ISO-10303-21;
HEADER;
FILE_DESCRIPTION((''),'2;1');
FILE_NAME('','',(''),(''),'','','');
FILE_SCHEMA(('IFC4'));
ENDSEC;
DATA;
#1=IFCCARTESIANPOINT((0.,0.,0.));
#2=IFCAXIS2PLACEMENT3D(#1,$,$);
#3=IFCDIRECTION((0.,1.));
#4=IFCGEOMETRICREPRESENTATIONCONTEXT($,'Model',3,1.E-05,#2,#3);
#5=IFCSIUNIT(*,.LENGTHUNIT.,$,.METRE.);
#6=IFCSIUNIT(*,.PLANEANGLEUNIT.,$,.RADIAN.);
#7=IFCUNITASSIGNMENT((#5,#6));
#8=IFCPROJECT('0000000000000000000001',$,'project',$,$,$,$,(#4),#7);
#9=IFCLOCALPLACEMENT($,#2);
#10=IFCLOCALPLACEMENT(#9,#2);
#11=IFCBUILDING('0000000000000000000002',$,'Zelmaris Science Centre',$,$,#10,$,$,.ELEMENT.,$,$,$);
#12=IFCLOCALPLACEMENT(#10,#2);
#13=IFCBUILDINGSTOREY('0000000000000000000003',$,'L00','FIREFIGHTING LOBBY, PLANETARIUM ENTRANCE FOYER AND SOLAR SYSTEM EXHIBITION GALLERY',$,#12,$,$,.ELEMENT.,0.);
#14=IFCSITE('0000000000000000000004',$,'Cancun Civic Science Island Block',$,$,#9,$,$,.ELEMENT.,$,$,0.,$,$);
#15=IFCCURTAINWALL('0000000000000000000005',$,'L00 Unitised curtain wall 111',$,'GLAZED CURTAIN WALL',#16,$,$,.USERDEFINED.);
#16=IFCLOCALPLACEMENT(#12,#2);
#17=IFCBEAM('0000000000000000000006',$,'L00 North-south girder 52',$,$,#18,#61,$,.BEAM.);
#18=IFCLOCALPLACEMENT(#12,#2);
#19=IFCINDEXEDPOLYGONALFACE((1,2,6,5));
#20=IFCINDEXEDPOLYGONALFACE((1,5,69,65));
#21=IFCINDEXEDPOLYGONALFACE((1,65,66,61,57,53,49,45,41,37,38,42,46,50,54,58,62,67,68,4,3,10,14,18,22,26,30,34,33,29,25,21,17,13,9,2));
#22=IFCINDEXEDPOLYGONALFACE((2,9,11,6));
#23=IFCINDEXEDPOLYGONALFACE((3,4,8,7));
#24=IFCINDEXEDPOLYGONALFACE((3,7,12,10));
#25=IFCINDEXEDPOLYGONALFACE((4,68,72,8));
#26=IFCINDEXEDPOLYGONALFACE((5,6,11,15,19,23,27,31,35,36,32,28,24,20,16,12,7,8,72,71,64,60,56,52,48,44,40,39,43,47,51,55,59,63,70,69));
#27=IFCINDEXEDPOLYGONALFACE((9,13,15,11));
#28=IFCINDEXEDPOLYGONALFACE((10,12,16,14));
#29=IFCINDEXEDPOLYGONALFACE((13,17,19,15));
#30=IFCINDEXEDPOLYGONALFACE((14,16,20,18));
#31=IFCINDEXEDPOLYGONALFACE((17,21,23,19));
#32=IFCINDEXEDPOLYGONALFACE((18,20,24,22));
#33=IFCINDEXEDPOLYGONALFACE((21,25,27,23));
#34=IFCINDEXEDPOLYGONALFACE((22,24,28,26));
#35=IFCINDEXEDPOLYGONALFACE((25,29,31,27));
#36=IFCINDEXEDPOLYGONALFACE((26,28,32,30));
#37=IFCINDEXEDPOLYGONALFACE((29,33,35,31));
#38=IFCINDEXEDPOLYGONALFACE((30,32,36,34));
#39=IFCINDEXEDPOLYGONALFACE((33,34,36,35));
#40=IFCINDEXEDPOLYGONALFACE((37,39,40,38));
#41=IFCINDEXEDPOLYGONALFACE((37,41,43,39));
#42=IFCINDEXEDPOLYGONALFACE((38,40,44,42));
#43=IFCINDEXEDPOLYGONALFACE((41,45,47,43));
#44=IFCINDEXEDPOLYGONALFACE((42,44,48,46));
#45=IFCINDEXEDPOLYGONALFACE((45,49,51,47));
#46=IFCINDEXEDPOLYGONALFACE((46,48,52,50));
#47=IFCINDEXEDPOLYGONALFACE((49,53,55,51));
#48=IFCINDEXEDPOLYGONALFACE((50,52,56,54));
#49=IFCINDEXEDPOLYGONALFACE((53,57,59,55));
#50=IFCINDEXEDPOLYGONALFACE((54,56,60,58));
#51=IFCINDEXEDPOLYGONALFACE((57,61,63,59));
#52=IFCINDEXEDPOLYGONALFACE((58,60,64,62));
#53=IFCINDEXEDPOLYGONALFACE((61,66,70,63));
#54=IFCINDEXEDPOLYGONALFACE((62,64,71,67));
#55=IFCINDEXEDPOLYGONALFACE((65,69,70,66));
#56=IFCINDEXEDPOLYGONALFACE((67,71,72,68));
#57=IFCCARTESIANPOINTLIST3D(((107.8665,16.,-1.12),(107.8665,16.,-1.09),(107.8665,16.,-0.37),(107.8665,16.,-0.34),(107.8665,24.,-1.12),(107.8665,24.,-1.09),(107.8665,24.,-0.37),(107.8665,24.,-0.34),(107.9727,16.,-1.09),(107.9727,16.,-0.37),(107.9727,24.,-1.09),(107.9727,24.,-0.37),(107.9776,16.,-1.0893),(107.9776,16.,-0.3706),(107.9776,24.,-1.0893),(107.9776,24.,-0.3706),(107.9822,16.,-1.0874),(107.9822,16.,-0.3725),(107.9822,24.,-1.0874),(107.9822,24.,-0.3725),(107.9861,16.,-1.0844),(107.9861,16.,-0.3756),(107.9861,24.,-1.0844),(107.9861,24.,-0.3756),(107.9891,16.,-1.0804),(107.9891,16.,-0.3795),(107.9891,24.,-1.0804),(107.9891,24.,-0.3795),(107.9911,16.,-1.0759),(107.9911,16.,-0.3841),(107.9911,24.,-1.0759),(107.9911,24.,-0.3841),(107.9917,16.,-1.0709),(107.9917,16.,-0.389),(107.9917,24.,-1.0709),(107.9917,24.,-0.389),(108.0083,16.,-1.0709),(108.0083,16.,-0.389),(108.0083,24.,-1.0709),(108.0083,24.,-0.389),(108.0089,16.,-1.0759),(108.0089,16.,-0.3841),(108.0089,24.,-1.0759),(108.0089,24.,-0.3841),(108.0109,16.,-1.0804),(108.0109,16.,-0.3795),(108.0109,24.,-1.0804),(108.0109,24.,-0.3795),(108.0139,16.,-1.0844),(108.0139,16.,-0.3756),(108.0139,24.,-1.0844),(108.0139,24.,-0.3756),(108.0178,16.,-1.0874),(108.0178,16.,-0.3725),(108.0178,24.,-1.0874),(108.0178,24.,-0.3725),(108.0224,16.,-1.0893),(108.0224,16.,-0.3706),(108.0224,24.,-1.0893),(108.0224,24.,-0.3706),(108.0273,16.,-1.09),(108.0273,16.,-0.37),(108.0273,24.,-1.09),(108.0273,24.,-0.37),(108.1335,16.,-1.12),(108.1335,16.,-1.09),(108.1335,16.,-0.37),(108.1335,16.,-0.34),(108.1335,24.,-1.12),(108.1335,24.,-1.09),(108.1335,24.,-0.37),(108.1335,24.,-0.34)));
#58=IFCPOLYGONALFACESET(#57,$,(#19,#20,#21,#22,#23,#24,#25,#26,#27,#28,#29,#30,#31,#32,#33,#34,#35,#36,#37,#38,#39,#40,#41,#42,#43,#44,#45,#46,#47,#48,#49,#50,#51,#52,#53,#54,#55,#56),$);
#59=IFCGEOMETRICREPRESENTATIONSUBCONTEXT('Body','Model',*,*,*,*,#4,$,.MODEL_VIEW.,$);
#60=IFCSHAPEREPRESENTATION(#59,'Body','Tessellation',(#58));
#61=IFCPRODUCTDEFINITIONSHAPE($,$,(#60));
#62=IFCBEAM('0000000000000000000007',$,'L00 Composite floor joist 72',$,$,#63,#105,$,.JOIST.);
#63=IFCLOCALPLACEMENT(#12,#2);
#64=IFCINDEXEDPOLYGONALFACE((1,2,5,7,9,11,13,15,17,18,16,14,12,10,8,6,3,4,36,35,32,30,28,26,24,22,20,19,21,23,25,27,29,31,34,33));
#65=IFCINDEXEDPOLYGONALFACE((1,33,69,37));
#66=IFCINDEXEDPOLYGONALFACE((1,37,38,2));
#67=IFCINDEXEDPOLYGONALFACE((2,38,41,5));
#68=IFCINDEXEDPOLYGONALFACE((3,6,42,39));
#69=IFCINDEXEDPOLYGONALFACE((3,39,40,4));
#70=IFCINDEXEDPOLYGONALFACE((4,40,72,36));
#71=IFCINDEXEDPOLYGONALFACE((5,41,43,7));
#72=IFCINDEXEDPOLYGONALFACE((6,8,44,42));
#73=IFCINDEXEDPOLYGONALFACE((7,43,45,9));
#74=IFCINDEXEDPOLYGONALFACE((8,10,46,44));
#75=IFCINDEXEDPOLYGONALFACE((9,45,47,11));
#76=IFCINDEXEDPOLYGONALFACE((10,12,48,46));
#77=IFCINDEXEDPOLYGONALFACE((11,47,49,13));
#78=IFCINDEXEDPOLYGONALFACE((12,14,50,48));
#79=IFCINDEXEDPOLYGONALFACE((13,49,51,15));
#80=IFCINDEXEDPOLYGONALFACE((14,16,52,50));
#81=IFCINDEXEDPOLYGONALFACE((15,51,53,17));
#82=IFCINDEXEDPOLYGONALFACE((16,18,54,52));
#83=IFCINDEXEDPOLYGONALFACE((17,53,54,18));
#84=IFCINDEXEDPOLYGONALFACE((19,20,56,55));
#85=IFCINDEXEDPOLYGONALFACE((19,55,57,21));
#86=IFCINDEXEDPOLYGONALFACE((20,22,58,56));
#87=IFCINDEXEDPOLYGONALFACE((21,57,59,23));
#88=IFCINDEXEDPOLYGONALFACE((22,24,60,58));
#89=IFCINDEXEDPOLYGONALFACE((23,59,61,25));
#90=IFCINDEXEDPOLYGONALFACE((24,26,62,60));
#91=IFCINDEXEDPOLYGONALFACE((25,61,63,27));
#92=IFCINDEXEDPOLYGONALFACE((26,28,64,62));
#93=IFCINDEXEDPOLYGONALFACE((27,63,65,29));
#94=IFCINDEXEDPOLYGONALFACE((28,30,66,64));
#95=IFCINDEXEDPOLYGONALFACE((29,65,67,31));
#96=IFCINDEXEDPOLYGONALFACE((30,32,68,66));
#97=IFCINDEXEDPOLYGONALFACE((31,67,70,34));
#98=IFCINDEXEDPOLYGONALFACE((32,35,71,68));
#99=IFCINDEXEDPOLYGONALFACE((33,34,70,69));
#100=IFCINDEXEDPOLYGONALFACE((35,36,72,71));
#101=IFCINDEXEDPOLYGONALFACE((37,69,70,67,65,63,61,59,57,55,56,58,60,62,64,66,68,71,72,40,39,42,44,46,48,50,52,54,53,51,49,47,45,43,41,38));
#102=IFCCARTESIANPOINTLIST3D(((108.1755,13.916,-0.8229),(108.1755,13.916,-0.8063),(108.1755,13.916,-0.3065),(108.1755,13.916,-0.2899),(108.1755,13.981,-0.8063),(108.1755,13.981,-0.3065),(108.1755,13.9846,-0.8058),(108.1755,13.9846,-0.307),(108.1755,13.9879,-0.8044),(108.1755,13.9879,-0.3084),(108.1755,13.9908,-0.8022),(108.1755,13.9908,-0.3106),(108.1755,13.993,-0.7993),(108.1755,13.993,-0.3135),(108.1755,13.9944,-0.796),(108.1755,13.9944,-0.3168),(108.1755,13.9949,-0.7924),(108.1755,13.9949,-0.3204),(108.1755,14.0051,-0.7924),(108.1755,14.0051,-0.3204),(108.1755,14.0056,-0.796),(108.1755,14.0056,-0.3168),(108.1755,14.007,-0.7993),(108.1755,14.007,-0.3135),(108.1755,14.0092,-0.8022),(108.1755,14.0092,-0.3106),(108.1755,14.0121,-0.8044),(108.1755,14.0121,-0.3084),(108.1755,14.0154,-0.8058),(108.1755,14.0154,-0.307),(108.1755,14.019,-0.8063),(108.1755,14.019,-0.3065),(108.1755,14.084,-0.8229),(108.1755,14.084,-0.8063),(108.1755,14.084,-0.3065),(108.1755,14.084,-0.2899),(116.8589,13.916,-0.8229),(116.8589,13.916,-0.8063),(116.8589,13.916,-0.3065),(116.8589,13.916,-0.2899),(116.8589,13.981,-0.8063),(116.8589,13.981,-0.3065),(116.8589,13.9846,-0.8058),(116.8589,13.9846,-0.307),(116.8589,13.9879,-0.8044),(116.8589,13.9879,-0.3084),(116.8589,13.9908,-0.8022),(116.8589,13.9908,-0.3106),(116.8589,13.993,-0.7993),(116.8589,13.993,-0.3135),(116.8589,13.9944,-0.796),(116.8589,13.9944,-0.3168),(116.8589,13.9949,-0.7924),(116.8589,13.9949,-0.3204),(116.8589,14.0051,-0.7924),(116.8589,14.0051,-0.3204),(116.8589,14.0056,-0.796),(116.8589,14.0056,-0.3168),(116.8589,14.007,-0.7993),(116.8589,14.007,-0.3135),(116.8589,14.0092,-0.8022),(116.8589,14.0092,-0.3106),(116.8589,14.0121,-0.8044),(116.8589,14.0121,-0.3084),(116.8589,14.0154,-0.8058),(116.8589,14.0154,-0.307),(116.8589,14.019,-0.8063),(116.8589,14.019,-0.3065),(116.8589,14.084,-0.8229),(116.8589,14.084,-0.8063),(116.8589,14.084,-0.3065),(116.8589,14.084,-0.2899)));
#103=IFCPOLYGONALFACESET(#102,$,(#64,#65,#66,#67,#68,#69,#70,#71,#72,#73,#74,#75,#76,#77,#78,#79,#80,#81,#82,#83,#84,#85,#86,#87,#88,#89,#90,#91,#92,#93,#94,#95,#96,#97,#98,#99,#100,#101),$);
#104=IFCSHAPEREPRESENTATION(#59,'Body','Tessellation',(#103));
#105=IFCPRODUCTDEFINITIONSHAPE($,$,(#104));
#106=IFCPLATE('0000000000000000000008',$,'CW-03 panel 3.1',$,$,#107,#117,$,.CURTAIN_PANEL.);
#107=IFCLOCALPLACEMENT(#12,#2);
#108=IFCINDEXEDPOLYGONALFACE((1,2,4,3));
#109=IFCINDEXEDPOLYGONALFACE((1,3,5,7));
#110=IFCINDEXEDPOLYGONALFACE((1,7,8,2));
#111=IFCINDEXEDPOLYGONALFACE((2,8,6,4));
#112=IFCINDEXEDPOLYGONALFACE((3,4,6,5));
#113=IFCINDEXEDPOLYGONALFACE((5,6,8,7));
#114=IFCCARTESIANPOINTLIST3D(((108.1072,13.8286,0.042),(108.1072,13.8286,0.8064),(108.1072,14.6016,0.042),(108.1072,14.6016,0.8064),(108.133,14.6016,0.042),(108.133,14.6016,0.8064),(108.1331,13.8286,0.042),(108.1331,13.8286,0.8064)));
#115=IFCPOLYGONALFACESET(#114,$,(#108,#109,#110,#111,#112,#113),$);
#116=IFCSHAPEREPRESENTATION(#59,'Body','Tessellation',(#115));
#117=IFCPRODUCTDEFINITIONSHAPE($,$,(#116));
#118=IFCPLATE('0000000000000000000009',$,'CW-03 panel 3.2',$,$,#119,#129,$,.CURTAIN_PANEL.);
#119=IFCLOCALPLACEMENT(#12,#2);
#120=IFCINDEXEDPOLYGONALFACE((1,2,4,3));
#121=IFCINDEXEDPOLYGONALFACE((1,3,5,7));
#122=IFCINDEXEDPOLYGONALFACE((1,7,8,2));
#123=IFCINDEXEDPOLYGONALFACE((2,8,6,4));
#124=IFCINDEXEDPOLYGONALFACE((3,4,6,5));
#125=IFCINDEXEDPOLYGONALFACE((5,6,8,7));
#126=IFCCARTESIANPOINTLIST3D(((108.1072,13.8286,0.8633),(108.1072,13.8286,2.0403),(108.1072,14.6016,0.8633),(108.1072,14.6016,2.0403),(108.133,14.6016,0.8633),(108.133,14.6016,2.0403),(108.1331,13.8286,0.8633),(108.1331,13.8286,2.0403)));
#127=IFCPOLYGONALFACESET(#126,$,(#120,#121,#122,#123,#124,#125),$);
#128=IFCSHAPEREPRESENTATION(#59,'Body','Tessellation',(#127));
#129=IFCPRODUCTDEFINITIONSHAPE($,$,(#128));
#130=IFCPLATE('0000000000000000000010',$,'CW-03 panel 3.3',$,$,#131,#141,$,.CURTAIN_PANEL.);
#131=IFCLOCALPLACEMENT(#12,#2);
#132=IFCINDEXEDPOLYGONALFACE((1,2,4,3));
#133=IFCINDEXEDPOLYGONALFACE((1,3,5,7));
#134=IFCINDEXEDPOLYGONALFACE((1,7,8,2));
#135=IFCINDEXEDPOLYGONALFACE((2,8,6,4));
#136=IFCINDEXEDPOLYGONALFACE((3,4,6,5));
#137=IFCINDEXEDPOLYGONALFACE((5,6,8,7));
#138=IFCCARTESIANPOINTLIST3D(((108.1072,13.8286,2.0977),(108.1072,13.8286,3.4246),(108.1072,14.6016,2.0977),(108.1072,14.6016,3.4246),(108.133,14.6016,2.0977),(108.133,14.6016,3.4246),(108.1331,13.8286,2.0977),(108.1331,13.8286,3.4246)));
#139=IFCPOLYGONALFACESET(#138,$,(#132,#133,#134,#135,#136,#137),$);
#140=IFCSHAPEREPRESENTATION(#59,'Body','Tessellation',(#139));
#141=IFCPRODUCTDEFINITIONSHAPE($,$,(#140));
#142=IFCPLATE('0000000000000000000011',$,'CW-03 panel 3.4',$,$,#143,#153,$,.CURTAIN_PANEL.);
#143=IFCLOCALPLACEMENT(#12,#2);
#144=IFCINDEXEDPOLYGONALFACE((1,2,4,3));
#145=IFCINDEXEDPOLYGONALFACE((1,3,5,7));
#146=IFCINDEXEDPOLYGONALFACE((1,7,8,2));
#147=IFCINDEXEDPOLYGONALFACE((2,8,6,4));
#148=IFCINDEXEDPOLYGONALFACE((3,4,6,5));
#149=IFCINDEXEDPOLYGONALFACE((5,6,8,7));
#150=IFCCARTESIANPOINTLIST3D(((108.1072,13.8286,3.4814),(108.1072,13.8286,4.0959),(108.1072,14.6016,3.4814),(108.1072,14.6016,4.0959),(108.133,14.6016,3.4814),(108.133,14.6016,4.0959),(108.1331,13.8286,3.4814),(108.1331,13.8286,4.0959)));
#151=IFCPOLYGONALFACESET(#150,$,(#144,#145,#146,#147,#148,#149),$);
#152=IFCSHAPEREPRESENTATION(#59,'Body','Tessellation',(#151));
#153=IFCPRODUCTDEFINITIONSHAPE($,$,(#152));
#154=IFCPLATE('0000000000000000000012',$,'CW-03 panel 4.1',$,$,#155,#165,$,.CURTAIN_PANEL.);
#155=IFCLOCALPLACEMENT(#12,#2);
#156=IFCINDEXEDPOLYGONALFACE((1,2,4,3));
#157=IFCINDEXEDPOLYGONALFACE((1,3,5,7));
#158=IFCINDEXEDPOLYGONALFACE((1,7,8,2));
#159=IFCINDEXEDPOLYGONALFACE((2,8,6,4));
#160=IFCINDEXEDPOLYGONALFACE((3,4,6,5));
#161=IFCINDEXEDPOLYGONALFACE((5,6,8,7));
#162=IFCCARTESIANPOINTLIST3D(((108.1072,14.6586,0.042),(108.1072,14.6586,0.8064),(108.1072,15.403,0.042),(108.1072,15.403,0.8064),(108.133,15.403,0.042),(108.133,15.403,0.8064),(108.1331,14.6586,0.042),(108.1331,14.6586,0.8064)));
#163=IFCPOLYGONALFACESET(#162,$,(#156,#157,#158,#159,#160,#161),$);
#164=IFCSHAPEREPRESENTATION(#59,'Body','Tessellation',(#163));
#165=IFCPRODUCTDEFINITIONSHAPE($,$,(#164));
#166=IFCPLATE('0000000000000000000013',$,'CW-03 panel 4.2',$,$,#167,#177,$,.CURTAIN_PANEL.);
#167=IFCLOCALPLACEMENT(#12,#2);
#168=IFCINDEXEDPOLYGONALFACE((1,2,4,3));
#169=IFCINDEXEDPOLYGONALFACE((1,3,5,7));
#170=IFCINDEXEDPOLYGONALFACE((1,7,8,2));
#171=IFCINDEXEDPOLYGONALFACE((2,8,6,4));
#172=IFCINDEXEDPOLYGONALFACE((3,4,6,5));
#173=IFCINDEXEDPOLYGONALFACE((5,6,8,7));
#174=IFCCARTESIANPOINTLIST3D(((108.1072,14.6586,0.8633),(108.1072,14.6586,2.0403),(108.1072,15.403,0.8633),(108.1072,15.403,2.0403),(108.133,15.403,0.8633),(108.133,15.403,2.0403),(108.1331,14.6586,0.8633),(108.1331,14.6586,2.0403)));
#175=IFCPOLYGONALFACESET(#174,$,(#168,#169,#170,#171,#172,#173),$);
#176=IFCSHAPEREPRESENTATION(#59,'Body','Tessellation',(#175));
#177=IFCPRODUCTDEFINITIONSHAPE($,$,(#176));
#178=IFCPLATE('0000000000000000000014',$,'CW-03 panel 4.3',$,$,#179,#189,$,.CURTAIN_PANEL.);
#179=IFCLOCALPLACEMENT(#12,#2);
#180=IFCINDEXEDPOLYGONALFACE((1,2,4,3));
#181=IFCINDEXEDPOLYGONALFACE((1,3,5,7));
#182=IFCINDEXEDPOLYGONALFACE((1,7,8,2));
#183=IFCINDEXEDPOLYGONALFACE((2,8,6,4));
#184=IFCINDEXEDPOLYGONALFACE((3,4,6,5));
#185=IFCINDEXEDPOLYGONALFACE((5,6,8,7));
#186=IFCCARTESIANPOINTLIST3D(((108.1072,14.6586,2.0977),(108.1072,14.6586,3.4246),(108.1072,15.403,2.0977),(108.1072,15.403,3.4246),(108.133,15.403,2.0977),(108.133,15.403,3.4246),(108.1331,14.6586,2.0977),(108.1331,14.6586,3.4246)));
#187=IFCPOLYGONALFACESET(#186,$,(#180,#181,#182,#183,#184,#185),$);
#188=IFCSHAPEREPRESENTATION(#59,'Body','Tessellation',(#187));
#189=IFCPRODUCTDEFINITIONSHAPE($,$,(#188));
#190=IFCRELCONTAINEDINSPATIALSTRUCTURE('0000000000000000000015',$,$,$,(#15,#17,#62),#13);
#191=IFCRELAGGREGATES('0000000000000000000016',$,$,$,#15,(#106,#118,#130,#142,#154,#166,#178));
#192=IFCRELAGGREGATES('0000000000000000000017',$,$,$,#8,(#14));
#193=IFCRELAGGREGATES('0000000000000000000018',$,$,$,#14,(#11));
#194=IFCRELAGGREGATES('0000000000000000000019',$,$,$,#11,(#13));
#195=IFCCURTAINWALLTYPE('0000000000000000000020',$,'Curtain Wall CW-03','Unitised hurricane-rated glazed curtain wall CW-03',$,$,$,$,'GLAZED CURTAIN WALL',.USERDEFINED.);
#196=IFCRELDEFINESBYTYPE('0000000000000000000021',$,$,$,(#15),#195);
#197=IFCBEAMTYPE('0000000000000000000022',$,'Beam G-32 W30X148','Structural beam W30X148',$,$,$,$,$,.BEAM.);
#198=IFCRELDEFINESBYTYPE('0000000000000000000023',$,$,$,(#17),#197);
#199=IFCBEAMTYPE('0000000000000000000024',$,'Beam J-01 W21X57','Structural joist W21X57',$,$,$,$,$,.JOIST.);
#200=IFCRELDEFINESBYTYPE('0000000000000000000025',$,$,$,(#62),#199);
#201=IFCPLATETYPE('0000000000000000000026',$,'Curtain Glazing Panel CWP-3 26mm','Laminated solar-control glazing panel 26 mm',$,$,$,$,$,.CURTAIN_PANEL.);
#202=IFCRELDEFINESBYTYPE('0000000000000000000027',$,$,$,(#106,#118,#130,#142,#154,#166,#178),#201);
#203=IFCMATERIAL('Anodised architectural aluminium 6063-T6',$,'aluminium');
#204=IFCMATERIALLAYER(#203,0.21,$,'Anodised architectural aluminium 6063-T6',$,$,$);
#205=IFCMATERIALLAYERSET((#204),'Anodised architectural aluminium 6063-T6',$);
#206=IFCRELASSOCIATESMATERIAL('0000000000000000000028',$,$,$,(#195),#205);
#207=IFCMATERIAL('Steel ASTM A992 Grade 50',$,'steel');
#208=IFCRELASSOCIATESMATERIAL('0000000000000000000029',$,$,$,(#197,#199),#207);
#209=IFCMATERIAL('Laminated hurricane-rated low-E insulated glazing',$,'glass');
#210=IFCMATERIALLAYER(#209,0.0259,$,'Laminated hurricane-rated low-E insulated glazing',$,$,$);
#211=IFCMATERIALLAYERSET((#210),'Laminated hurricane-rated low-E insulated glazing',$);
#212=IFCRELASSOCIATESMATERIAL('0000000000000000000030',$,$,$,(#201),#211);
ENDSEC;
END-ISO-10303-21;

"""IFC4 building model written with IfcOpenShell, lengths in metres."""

from ifc_helpers import new_model, si_unit, direction, frame, origin, origin_2d, place, context, subcontext, project, spatial, rectangle, i_section, extrude, material, layer, layer_set, material_profile, profile_set, type_object, element, aggregate, save


model = new_model("IFC4")

# Units and contexts
model_context = context("Model", 3, precision=1e-05, world=origin(), true_north=direction((0.0, 1.0)))
body_context = subcontext(model_context, "Body", "Model", "MODEL_VIEW")
ifc_project = project(units=[si_unit("LENGTHUNIT", "METRE"), si_unit("PLANEANGLEUNIT", "RADIAN")], contexts=[model_context])

# Site, building, storey
site_placement = place(None, origin())
site = spatial("IfcSite", under=ifc_project, at=site_placement, Name="Cancun Civic Science Island Block", CompositionType="ELEMENT", RefElevation=0.0)
building_placement = place(site_placement, origin())
building = spatial("IfcBuilding", under=site, at=building_placement, Name="Zelmaris Science Centre", CompositionType="ELEMENT")
storey_placement = place(building_placement, origin())
storey = spatial("IfcBuildingStorey", under=building, at=storey_placement, Name="L00", Description="FIREFIGHTING LOBBY, PLANETARIUM ENTRANCE FOYER AND SOLAR SYSTEM EXHIBITION GALLERY", CompositionType="ELEMENT", Elevation=0.0)

# Shared definitions
ifc_material_1 = material(Name="Steel ASTM A992 Grade 50", Category="steel")

# Shared definitions
ifc_material_2 = material(Name="Anodised architectural aluminium 6063-T6", Category="aluminium")

# Curtain wall
ifc_layer_1 = layer(ifc_material_2, 0.21, Name="Anodised architectural aluminium 6063-T6")
ifc_layer_set_1 = layer_set([ifc_layer_1], Name="Anodised architectural aluminium 6063-T6")
curtain_wall_type_1 = type_object("IfcCurtainWallType", Name="Curtain Wall CW-03", Description="Unitised hurricane-rated glazed curtain wall CW-03", ElementType="GLAZED CURTAIN WALL", PredefinedType="USERDEFINED", material=ifc_layer_set_1)
curtain_wall_1_placement = place(storey_placement, origin())
curtain_wall_1 = element("IfcCurtainWall", 1, at=curtain_wall_1_placement, inside=storey, type_object=curtain_wall_type_1, Name="L00 Unitised curtain wall 111", ObjectType="GLAZED CURTAIN WALL", PredefinedType="USERDEFINED")

# Beams
ifc_material_profile_1 = material_profile(ifc_material_1, i_section(OverallWidth=0.2671, OverallDepth=0.78, WebThickness=0.0166, FlangeThickness=0.03, FilletRadius=0.019, at=origin_2d()), Name="W30X148")
ifc_profile_set_1 = profile_set([ifc_material_profile_1], Name="Steel ASTM A992 Grade 50")
beam_type_1 = type_object("IfcBeamType", Name="Beam G-32 W30X148", Description="Structural beam W30X148", PredefinedType="BEAM", material=ifc_profile_set_1)
beam_1_placement = place(storey_placement, frame((108.0, 16.0, -0.73), z_axis=(0.0, 1.0, 0.0), x_axis=(-1.0, 0.0, 0.0)))
element("IfcBeam", 2, at=beam_1_placement, inside=storey, type_object=beam_type_1, Name="L00 North-south girder 52", PredefinedType="BEAM", context=body_context, shape_type="SweptSolid", body=[
    extrude(i_section(OverallWidth=0.2671, OverallDepth=0.78, WebThickness=0.0166, FlangeThickness=0.03, FilletRadius=0.019, at=origin_2d()), origin(), (0.0, 0.0, 1.0), 8.0),
])
ifc_material_profile_2 = material_profile(ifc_material_1, i_section(OverallWidth=0.168, OverallDepth=0.533, WebThickness=0.0103, FlangeThickness=0.0166, FilletRadius=0.0139, at=origin_2d()), Name="W21X57")
ifc_profile_set_2 = profile_set([ifc_material_profile_2], Name="Steel ASTM A992 Grade 50")
beam_type_2 = type_object("IfcBeamType", Name="Beam J-01 W21X57", Description="Structural joist W21X57", PredefinedType="JOIST", material=ifc_profile_set_2)
beam_2_placement = place(storey_placement, frame((108.1755, 14.0, -0.5564), z_axis=(1.0, 0.0, 0.0), x_axis=(0.0, 1.0, 0.0)))
element("IfcBeam", 3, at=beam_2_placement, inside=storey, type_object=beam_type_2, Name="L00 Composite floor joist 72", PredefinedType="JOIST", context=body_context, shape_type="SweptSolid", body=[
    extrude(i_section(OverallWidth=0.168, OverallDepth=0.533, WebThickness=0.0103, FlangeThickness=0.0166, FilletRadius=0.0139, at=origin_2d()), origin(), (0.0, 0.0, 1.0), 8.6833),
])

# Plates
ifc_material_3 = material(Name="Laminated hurricane-rated low-E insulated glazing", Category="glass")
ifc_layer_2 = layer(ifc_material_3, 0.0259, Name="Laminated hurricane-rated low-E insulated glazing")
ifc_layer_set_2 = layer_set([ifc_layer_2], Name="Laminated hurricane-rated low-E insulated glazing")
plate_type_1 = type_object("IfcPlateType", Name="Curtain Glazing Panel CWP-3 26mm", Description="Laminated solar-control glazing panel 26 mm", PredefinedType="CURTAIN_PANEL", material=ifc_layer_set_2)
plate_1_placement = place(storey_placement, frame((108.1201, 14.2151, 0.042), z_axis=(0.0, 0.0, 1.0), x_axis=(-0.00003, 1.0, 0.0)))
plate_1 = element("IfcPlate", 4, at=plate_1_placement, type_object=plate_type_1, Name="CW-03 panel 3.1", PredefinedType="CURTAIN_PANEL", context=body_context, shape_type="SweptSolid", body=[
    extrude(rectangle(XDim=0.7729, YDim=0.0259, at=origin_2d()), origin(), (0.0, 0.0, 1.0), 0.7644),
])
plate_2_placement = place(storey_placement, frame((108.1201, 14.2151, 0.8633), z_axis=(0.0, 0.0, 1.0), x_axis=(-0.00003, 1.0, 0.0)))
plate_2 = element("IfcPlate", 5, at=plate_2_placement, type_object=plate_type_1, Name="CW-03 panel 3.2", PredefinedType="CURTAIN_PANEL", context=body_context, shape_type="SweptSolid", body=[
    extrude(rectangle(XDim=0.7729, YDim=0.0259, at=origin_2d()), origin(), (0.0, 0.0, 1.0), 1.177),
])
plate_3_placement = place(storey_placement, frame((108.1201, 14.2151, 2.0977), z_axis=(0.0, 0.0, 1.0), x_axis=(-0.00003, 1.0, 0.0)))
plate_3 = element("IfcPlate", 6, at=plate_3_placement, type_object=plate_type_1, Name="CW-03 panel 3.3", PredefinedType="CURTAIN_PANEL", context=body_context, shape_type="SweptSolid", body=[
    extrude(rectangle(XDim=0.7729, YDim=0.0259, at=origin_2d()), origin(), (0.0, 0.0, 1.0), 1.3269),
])
plate_4_placement = place(storey_placement, frame((108.1201, 14.2151, 3.4814), z_axis=(0.0, 0.0, 1.0), x_axis=(-0.00003, 1.0, 0.0)))
plate_4 = element("IfcPlate", 7, at=plate_4_placement, type_object=plate_type_1, Name="CW-03 panel 3.4", PredefinedType="CURTAIN_PANEL", context=body_context, shape_type="SweptSolid", body=[
    extrude(rectangle(XDim=0.7729, YDim=0.0259, at=origin_2d()), origin(), (0.0, 0.0, 1.0), 0.6145),
])
plate_5_placement = place(storey_placement, frame((108.1201, 15.0308, 0.042), z_axis=(0.0, 0.0, 1.0), x_axis=(-0.00003, 1.0, 0.0)))
plate_5 = element("IfcPlate", 8, at=plate_5_placement, type_object=plate_type_1, Name="CW-03 panel 4.1", PredefinedType="CURTAIN_PANEL", context=body_context, shape_type="SweptSolid", body=[
    extrude(rectangle(XDim=0.7444, YDim=0.0259, at=origin_2d()), origin(), (0.0, 0.0, 1.0), 0.7644),
])
plate_6_placement = place(storey_placement, frame((108.1201, 15.0308, 0.8633), z_axis=(0.0, 0.0, 1.0), x_axis=(-0.00003, 1.0, 0.0)))
plate_6 = element("IfcPlate", 9, at=plate_6_placement, type_object=plate_type_1, Name="CW-03 panel 4.2", PredefinedType="CURTAIN_PANEL", context=body_context, shape_type="SweptSolid", body=[
    extrude(rectangle(XDim=0.7444, YDim=0.0259, at=origin_2d()), origin(), (0.0, 0.0, 1.0), 1.177),
])
plate_7_placement = place(storey_placement, frame((108.1201, 15.0308, 2.0977), z_axis=(0.0, 0.0, 1.0), x_axis=(-0.00003, 1.0, 0.0)))
plate_7 = element("IfcPlate", 10, at=plate_7_placement, type_object=plate_type_1, Name="CW-03 panel 4.3", PredefinedType="CURTAIN_PANEL", context=body_context, shape_type="SweptSolid", body=[
    extrude(rectangle(XDim=0.7444, YDim=0.0259, at=origin_2d()), origin(), (0.0, 0.0, 1.0), 1.3269),
])
aggregate(curtain_wall_1, [plate_1, plate_2, plate_3, plate_4, plate_5, plate_6, plate_7])

save(model, "model.ifc")
